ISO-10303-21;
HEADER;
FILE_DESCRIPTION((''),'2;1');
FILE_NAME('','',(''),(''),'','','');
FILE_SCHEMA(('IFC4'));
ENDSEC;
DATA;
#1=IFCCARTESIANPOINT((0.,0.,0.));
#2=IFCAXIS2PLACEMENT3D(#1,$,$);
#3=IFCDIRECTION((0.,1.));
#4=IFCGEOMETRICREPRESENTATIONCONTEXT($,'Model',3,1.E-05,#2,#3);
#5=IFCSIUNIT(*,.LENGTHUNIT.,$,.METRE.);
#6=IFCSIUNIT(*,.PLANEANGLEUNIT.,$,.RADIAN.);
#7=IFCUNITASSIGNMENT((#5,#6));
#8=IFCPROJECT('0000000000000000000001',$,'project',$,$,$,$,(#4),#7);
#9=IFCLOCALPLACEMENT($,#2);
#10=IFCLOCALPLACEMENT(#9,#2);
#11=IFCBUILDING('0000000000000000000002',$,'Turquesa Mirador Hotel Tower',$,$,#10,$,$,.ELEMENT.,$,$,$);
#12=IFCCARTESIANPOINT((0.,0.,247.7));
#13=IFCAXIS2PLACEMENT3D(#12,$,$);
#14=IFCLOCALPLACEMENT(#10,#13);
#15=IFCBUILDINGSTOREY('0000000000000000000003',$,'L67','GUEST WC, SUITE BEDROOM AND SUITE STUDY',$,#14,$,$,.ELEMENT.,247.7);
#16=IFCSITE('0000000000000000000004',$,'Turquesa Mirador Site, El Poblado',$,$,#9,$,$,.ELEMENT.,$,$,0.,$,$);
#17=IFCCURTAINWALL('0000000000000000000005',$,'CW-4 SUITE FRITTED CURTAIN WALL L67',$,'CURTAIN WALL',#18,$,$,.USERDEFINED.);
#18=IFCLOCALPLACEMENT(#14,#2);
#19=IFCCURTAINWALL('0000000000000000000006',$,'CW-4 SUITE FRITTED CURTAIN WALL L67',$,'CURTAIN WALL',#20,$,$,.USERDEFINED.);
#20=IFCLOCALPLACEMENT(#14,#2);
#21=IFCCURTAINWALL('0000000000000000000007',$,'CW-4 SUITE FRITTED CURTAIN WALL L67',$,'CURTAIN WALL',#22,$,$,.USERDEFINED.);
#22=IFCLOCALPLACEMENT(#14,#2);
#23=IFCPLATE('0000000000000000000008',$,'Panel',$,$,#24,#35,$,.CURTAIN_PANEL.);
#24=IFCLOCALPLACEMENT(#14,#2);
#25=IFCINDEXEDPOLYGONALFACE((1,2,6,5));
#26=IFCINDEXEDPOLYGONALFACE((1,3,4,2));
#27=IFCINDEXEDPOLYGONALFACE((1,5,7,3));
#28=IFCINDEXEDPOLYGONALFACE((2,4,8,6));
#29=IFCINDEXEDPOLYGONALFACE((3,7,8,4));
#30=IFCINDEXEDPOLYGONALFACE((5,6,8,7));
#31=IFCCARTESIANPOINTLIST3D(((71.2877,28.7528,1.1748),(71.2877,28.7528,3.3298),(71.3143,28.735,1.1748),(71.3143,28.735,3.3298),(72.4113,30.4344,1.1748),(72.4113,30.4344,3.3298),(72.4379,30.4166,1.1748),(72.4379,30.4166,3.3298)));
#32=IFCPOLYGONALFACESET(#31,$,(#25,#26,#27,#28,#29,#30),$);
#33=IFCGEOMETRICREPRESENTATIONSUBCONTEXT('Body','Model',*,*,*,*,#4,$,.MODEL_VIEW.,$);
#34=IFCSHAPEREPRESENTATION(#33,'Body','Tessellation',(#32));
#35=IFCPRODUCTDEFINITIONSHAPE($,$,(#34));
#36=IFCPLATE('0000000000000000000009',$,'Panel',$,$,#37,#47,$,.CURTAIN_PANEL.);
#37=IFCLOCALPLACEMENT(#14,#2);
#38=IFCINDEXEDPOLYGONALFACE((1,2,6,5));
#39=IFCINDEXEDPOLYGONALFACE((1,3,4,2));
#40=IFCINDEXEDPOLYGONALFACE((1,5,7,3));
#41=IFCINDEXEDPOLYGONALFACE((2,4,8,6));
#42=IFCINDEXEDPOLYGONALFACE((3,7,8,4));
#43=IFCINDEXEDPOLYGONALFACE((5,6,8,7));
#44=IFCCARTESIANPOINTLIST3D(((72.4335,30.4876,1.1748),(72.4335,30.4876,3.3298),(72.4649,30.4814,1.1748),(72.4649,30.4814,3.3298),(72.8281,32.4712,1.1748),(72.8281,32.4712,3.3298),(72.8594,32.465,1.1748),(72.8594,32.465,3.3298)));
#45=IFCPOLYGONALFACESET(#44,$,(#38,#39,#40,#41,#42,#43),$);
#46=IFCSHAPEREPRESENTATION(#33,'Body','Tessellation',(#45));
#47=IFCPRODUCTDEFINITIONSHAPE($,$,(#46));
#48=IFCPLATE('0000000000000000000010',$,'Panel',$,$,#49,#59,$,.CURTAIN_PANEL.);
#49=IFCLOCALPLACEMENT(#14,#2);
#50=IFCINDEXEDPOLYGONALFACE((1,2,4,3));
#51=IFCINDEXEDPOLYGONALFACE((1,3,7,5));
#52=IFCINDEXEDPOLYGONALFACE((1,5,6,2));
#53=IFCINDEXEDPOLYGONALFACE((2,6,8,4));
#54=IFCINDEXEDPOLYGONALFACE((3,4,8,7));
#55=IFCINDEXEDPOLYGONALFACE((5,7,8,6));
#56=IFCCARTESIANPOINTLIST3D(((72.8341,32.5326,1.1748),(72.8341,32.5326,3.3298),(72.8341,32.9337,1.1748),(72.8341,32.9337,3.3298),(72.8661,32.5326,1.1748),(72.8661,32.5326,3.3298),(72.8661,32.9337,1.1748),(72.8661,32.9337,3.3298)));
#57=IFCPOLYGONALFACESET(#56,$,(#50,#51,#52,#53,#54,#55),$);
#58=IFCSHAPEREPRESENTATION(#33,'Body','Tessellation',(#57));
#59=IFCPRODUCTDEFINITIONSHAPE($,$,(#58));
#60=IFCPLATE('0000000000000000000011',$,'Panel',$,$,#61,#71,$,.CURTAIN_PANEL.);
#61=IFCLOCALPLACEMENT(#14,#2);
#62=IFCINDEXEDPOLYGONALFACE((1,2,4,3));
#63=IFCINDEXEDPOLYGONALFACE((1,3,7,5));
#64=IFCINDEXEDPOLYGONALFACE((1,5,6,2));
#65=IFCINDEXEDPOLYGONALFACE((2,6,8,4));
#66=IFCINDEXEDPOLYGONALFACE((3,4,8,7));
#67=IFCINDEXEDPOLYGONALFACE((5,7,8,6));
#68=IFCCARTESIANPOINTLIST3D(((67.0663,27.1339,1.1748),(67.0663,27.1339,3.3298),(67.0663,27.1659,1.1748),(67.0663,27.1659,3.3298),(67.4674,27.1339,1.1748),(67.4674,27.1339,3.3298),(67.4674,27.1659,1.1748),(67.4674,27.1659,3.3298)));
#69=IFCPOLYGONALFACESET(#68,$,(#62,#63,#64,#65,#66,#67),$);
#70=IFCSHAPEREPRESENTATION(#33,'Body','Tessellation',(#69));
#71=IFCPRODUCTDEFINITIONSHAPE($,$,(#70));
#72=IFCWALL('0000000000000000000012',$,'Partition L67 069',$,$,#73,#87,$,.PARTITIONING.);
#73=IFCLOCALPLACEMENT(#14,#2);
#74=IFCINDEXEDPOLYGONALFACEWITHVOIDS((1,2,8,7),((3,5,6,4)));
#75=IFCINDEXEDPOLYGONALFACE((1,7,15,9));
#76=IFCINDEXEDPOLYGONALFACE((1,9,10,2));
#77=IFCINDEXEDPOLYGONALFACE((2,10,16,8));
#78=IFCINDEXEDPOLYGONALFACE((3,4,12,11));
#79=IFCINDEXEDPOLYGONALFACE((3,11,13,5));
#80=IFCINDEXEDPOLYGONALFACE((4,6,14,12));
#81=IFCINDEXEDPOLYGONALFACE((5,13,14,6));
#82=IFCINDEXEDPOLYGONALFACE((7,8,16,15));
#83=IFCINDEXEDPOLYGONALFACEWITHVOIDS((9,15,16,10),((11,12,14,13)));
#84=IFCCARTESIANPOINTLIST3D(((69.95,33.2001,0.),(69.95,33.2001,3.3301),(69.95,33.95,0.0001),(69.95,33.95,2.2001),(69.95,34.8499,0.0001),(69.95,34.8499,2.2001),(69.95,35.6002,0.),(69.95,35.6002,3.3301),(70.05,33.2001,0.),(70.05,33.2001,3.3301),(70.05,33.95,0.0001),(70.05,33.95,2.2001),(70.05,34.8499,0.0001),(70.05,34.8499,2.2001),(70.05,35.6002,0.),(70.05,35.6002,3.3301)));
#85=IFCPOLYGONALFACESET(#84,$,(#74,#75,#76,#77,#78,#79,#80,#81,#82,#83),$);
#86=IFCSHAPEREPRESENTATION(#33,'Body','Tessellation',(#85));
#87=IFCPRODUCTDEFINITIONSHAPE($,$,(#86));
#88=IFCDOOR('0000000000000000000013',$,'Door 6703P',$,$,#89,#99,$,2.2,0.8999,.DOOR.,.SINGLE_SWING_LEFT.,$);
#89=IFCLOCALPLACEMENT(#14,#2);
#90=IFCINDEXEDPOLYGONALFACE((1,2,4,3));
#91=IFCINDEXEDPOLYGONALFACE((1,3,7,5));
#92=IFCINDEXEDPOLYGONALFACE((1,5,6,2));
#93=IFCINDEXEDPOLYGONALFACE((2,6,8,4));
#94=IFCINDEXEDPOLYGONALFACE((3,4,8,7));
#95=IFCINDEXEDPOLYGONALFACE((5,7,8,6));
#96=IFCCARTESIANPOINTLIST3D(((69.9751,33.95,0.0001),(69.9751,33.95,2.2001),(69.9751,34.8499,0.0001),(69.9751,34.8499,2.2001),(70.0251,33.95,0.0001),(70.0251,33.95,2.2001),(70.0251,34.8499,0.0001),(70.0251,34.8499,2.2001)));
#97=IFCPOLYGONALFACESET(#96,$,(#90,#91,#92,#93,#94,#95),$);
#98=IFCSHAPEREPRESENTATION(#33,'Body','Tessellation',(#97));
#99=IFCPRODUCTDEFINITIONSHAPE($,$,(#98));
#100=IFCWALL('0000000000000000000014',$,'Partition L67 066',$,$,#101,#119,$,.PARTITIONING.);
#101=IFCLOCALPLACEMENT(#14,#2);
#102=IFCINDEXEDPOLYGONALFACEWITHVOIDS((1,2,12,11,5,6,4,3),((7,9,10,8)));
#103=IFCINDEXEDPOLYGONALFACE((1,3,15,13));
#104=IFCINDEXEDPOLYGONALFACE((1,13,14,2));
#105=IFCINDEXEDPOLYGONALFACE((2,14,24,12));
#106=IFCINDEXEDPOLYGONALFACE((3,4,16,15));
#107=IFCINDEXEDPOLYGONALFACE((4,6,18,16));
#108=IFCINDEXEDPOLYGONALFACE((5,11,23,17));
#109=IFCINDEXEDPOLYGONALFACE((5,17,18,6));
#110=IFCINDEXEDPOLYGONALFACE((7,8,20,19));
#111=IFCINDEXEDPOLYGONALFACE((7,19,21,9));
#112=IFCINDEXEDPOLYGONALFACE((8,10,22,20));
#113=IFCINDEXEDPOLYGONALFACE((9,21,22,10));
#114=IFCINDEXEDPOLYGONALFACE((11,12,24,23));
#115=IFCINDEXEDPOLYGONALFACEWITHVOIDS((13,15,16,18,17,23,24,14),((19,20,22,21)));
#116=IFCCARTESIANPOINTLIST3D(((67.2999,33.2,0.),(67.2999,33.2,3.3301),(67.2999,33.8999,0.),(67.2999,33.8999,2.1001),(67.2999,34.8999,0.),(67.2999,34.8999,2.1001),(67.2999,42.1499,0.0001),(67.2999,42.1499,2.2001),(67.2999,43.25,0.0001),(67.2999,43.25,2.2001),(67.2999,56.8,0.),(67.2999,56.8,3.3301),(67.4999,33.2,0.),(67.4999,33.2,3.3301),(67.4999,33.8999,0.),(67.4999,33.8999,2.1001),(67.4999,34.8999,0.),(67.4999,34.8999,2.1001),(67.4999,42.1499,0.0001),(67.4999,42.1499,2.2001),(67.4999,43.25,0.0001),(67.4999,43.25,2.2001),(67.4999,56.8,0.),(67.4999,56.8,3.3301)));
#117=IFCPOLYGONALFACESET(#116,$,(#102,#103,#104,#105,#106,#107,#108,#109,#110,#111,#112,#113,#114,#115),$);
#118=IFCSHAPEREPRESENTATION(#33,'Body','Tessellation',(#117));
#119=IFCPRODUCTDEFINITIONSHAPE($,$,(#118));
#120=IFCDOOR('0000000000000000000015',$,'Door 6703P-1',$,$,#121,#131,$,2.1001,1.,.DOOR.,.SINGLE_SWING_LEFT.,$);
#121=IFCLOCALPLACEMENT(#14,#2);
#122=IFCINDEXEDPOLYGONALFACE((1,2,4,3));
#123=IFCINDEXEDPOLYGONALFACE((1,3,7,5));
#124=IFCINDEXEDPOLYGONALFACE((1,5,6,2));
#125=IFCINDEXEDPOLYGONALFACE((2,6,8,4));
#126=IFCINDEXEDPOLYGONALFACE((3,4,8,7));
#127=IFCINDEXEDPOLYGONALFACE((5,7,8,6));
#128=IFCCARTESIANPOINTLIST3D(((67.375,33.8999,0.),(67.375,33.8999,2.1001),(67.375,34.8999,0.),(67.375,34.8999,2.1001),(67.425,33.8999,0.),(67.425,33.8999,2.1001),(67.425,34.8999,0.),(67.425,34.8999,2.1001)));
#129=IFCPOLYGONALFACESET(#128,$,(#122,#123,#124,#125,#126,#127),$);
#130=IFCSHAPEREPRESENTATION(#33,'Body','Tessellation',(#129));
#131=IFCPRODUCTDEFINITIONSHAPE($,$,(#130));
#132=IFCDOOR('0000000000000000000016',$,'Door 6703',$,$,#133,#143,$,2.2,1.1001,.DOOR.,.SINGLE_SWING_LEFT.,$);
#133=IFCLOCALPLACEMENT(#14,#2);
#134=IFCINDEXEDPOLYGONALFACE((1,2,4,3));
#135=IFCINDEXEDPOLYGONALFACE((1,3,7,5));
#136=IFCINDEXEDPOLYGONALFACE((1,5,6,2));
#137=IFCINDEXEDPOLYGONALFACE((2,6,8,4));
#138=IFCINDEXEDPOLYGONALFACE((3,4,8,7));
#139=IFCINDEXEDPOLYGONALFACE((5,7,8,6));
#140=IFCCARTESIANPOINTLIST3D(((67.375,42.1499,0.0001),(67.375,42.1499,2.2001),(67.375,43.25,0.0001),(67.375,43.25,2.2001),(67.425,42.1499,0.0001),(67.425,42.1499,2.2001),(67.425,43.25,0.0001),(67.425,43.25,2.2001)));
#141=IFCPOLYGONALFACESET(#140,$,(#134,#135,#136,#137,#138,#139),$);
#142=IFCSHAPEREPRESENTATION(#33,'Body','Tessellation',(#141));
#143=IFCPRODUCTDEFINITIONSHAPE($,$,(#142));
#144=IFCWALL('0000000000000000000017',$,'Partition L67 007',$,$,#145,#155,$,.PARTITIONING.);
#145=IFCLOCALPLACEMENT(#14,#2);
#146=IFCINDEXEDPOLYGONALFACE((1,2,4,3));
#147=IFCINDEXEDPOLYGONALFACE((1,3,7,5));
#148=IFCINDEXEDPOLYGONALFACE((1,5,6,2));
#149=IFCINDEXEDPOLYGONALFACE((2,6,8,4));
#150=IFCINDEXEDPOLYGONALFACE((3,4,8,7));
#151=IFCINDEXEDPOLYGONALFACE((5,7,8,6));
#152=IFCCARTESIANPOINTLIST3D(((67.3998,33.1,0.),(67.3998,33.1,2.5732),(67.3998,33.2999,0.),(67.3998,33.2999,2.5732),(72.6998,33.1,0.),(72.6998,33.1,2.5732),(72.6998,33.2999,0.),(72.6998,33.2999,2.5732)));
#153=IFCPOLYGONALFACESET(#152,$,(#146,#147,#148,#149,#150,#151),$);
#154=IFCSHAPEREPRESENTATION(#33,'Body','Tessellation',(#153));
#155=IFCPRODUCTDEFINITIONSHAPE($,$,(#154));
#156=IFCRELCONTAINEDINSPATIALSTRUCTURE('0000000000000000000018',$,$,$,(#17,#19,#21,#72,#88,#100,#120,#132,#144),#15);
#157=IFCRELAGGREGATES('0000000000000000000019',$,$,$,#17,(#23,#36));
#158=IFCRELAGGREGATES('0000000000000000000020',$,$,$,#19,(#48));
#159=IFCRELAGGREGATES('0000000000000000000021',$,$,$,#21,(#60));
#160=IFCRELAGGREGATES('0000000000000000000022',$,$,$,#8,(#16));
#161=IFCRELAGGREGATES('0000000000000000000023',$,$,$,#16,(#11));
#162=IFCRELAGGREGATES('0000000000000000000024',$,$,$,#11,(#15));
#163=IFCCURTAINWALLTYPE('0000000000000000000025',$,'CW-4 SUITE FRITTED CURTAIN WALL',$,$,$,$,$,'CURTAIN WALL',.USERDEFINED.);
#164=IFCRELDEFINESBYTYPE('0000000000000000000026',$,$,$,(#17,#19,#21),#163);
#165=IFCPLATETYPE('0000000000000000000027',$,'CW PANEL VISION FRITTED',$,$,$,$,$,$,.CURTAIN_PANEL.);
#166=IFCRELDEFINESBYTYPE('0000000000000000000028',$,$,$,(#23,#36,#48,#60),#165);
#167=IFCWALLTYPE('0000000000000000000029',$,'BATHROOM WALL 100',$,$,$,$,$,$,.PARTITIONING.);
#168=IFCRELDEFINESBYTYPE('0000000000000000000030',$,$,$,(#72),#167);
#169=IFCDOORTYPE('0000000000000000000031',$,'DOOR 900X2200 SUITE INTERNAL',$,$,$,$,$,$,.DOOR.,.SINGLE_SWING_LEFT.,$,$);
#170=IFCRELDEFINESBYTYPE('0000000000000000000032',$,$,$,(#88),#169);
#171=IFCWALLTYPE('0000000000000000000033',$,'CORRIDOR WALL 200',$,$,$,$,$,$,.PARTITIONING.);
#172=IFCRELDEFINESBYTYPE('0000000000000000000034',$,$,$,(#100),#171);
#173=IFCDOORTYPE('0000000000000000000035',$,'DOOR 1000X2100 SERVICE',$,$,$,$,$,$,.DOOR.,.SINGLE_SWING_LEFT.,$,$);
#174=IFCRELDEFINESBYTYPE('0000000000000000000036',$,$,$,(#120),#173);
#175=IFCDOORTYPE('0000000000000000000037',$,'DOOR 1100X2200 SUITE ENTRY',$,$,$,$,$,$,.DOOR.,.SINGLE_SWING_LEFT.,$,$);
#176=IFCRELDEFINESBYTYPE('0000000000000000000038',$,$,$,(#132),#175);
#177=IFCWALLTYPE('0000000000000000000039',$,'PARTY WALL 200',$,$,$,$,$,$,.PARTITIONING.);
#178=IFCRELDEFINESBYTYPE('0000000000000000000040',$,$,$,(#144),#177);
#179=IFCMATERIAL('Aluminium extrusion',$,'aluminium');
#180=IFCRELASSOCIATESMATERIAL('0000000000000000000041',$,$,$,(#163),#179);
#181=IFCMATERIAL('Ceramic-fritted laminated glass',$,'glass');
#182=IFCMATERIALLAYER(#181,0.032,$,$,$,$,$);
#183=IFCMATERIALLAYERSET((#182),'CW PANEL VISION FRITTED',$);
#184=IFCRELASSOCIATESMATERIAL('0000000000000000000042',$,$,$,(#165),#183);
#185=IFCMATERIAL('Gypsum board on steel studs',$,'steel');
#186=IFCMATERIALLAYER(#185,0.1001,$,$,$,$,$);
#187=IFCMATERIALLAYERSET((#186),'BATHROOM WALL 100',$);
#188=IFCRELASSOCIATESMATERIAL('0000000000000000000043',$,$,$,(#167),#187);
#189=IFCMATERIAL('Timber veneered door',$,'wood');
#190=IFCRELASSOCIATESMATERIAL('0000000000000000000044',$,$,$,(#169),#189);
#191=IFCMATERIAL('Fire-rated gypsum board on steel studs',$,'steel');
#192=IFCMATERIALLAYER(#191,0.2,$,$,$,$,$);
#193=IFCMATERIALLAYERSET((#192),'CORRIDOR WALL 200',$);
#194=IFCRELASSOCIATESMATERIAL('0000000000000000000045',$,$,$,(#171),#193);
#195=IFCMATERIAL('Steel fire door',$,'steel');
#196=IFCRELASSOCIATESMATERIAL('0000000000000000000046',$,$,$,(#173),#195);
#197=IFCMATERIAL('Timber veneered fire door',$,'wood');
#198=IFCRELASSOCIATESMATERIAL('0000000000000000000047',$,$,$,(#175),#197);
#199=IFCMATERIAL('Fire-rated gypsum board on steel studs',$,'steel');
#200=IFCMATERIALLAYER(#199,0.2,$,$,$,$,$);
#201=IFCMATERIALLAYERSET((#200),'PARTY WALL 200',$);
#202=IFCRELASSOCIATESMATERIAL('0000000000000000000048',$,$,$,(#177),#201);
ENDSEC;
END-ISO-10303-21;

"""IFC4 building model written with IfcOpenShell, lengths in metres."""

from ifc_helpers import new_model, si_unit, direction, frame, frame_2d, origin, origin_2d, place, context, subcontext, project, spatial, rectangle, extrude, material, layer, layer_set, type_object, element, fill, aggregate, save


model = new_model("IFC4")

# Units and contexts
model_context = context("Model", 3, precision=1e-05, world=origin(), true_north=direction((0.0, 1.0)))
body_context = subcontext(model_context, "Body", "Model", "MODEL_VIEW")
ifc_project = project(units=[si_unit("LENGTHUNIT", "METRE"), si_unit("PLANEANGLEUNIT", "RADIAN")], contexts=[model_context])

# Site, building, storey
site_placement = place(None, origin())
site = spatial("IfcSite", under=ifc_project, at=site_placement, Name="Turquesa Mirador Site, El Poblado", CompositionType="ELEMENT", RefElevation=0.0)
building_placement = place(site_placement, origin())
building = spatial("IfcBuilding", under=site, at=building_placement, Name="Turquesa Mirador Hotel Tower", CompositionType="ELEMENT")
storey_placement = place(building_placement, frame((0.0, 0.0, 247.7)))
storey = spatial("IfcBuildingStorey", under=building, at=storey_placement, Name="L67", Description="GUEST WC, SUITE BEDROOM AND SUITE STUDY", CompositionType="ELEMENT", Elevation=247.7)

# Curtain walls
ifc_material_1 = material(Name="Aluminium extrusion", Category="aluminium")
curtain_wall_type = type_object("IfcCurtainWallType", Name="CW-4 SUITE FRITTED CURTAIN WALL", ElementType="CURTAIN WALL", PredefinedType="USERDEFINED", material=ifc_material_1)
curtain_wall_1_placement = place(storey_placement, origin())
curtain_wall_1 = element("IfcCurtainWall", 1, at=curtain_wall_1_placement, inside=storey, type_object=curtain_wall_type, Name="CW-4 SUITE FRITTED CURTAIN WALL L67", ObjectType="CURTAIN WALL", PredefinedType="USERDEFINED")
curtain_wall_2_placement = place(storey_placement, origin())
curtain_wall_2 = element("IfcCurtainWall", 2, at=curtain_wall_2_placement, inside=storey, type_object=curtain_wall_type, Name="CW-4 SUITE FRITTED CURTAIN WALL L67", ObjectType="CURTAIN WALL", PredefinedType="USERDEFINED")

# Curtain wall
curtain_wall_3_placement = place(storey_placement, origin())
curtain_wall_3 = element("IfcCurtainWall", 3, at=curtain_wall_3_placement, inside=storey, type_object=curtain_wall_type, Name="CW-4 SUITE FRITTED CURTAIN WALL L67", ObjectType="CURTAIN WALL", PredefinedType="USERDEFINED")

# Plates
ifc_material_2 = material(Name="Ceramic-fritted laminated glass", Category="glass")
ifc_layer_1 = layer(ifc_material_2, 0.032)
ifc_layer_set_1 = layer_set([ifc_layer_1], Name="CW PANEL VISION FRITTED")
plate_type_1 = type_object("IfcPlateType", Name="CW PANEL VISION FRITTED", PredefinedType="CURTAIN_PANEL", material=ifc_layer_set_1)
plate_1_placement = place(storey_placement, frame((71.8628, 29.5847, 1.1748), z_axis=(0.0, 0.0, 1.0), x_axis=(0.55557, 0.83147, 0.0)))
plate_1 = element("IfcPlate", 4, at=plate_1_placement, type_object=plate_type_1, Name="Panel", PredefinedType="CURTAIN_PANEL", context=body_context, shape_type="SweptSolid", body=[
    extrude(rectangle(XDim=2.0225, YDim=0.032, at=origin_2d()), origin(), (0.0, 0.0, 1.0), 2.155),
])
plate_2_placement = place(storey_placement, frame((72.6465, 31.4763, 1.1748), z_axis=(0.0, 0.0, 1.0), x_axis=(0.195091, 0.980785, 0.0)))
plate_2 = element("IfcPlate", 5, at=plate_2_placement, type_object=plate_type_1, Name="Panel", PredefinedType="CURTAIN_PANEL", context=body_context, shape_type="SweptSolid", body=[
    extrude(rectangle(XDim=2.0225, YDim=0.032, at=origin_2d()), origin(), (0.0, 0.0, 1.0), 2.155),
])
aggregate(curtain_wall_1, [plate_1, plate_2])
plate_3_placement = place(storey_placement, frame((72.8501, 32.7332, 1.1748), z_axis=(0.0, 0.0, 1.0), x_axis=(0.0, 1.0, 0.0)))
plate_3 = element("IfcPlate", 6, at=plate_3_placement, type_object=plate_type_1, Name="Panel", PredefinedType="CURTAIN_PANEL", context=body_context, shape_type="SweptSolid", body=[
    extrude(rectangle(XDim=0.4011, YDim=0.032, at=origin_2d()), origin(), (0.0, 0.0, 1.0), 2.155),
])
aggregate(curtain_wall_2, [plate_3])
plate_4_placement = place(storey_placement, frame((67.2668, 27.1499, 1.1748), z_axis=(0.0, 0.0, 1.0), x_axis=(1.0, 0.0, 0.0)))
plate_4 = element("IfcPlate", 7, at=plate_4_placement, type_object=plate_type_1, Name="Panel", PredefinedType="CURTAIN_PANEL", context=body_context, shape_type="SweptSolid", body=[
    extrude(rectangle(XDim=0.4011, YDim=0.032, at=origin_2d()), origin(), (0.0, 0.0, 1.0), 2.155),
])
aggregate(curtain_wall_3, [plate_4])

# Wall, opening, door
ifc_material_3 = material(Name="Gypsum board on steel studs", Category="steel")
ifc_layer_2 = layer(ifc_material_3, 0.1001)
ifc_layer_set_2 = layer_set([ifc_layer_2], Name="BATHROOM WALL 100")
wall_type_1 = type_object("IfcWallType", Name="BATHROOM WALL 100", PredefinedType="PARTITIONING", material=ifc_layer_set_2)
wall_1_placement = place(storey_placement, frame((70.0, 33.2, 0.0), z_axis=(0.0, 0.0, 1.0), x_axis=(0.0, 1.0, 0.0)))
wall_1 = element("IfcWall", 8, at=wall_1_placement, inside=storey, type_object=wall_type_1, Name="Partition L67 069", PredefinedType="PARTITIONING", context=body_context, shape_type="SweptSolid", body=[
    extrude(rectangle(XDim=2.4001, YDim=0.1001, at=frame_2d((1.2002, 0.0))), origin(), (0.0, 0.0, 1.0), 3.3301),
])
opening_1_placement = place(wall_1_placement, frame((0.75, 0.0, 0.0)))
opening_1 = element("IfcOpeningElement", 9, at=opening_1_placement, cuts=wall_1, PredefinedType="OPENING", context=body_context, shape_type="SweptSolid", body=[
    extrude(rectangle(XDim=0.8999, YDim=2.2, at=frame_2d((0.45, 1.1001))), frame((0.0, 0.0601, 0.0), z_axis=(0.0, -1.0, 0.0), x_axis=(1.0, 0.0, 0.0)), (0.0, 0.0, 1.0), 0.1201),
])
ifc_material_4 = material(Name="Timber veneered door", Category="wood")
door_type_1 = type_object("IfcDoorType", Name="DOOR 900X2200 SUITE INTERNAL", OperationType="SINGLE_SWING_LEFT", PredefinedType="DOOR", material=ifc_material_4)
door_1_placement = place(opening_1_placement, origin())
door_1 = element("IfcDoor", 10, at=door_1_placement, inside=storey, type_object=door_type_1, Name="Door 6703P", OperationType="SINGLE_SWING_LEFT", OverallHeight=2.2, OverallWidth=0.8999, PredefinedType="DOOR", context=body_context, shape_type="SweptSolid", body=[
    extrude(rectangle(XDim=0.8999, YDim=2.2, at=frame_2d((0.45, 1.1001))), frame((0.0, 0.0249, 0.0), z_axis=(0.0, -1.0, 0.0), x_axis=(1.0, 0.0, 0.0)), (0.0, 0.0, 1.0), 0.05),
])
fill(opening_1, door_1)

# Wall, openings, doors
ifc_material_5 = material(Name="Fire-rated gypsum board on steel studs", Category="steel")
ifc_layer_3 = layer(ifc_material_5, 0.2)
ifc_layer_set_3 = layer_set([ifc_layer_3], Name="CORRIDOR WALL 200")
wall_type_2 = type_object("IfcWallType", Name="CORRIDOR WALL 200", PredefinedType="PARTITIONING", material=ifc_layer_set_3)
wall_2_placement = place(storey_placement, frame((67.3999, 33.2, 0.0), z_axis=(0.0, 0.0, 1.0), x_axis=(0.0, 1.0, 0.0)))
wall_2 = element("IfcWall", 11, at=wall_2_placement, inside=storey, type_object=wall_type_2, Name="Partition L67 066", PredefinedType="PARTITIONING", context=body_context, shape_type="SweptSolid", body=[
    extrude(rectangle(XDim=23.6001, YDim=0.2, at=frame_2d((11.8, 0.0))), origin(), (0.0, 0.0, 1.0), 3.3301),
])
opening_2_placement = place(wall_2_placement, frame((8.95, 0.0, 0.0)))
opening_2 = element("IfcOpeningElement", 12, at=opening_2_placement, cuts=wall_2, PredefinedType="OPENING", context=body_context, shape_type="SweptSolid", body=[
    extrude(rectangle(XDim=1.1001, YDim=2.2, at=frame_2d((0.55, 1.1001))), frame((0.0, 0.1099, 0.0), z_axis=(0.0, -1.0, 0.0), x_axis=(1.0, 0.0, 0.0)), (0.0, 0.0, 1.0), 0.22),
])
opening_3_placement = place(wall_2_placement, frame((0.7, 0.0, 0.0)))
opening_3 = element("IfcOpeningElement", 13, at=opening_3_placement, cuts=wall_2, PredefinedType="OPENING", context=body_context, shape_type="SweptSolid", body=[
    extrude(rectangle(XDim=1.0, YDim=2.1001, at=frame_2d((0.5, 1.05))), frame((0.0, 0.1099, 0.0), z_axis=(0.0, -1.0, 0.0), x_axis=(1.0, 0.0, 0.0)), (0.0, 0.0, 1.0), 0.22),
])
ifc_material_6 = material(Name="Steel fire door", Category="steel")
door_type_2 = type_object("IfcDoorType", Name="DOOR 1000X2100 SERVICE", OperationType="SINGLE_SWING_LEFT", PredefinedType="DOOR", material=ifc_material_6)
door_2_placement = place(opening_3_placement, origin())
door_2 = element("IfcDoor", 14, at=door_2_placement, inside=storey, type_object=door_type_2, Name="Door 6703P-1", OperationType="SINGLE_SWING_LEFT", OverallHeight=2.1001, OverallWidth=1.0, PredefinedType="DOOR", context=body_context, shape_type="SweptSolid", body=[
    extrude(rectangle(XDim=1.0, YDim=2.1001, at=frame_2d((0.5, 1.05))), frame((0.0, 0.0249, 0.0), z_axis=(0.0, -1.0, 0.0), x_axis=(1.0, 0.0, 0.0)), (0.0, 0.0, 1.0), 0.05),
])
fill(opening_3, door_2)
ifc_material_7 = material(Name="Timber veneered fire door", Category="wood")
door_type_3 = type_object("IfcDoorType", Name="DOOR 1100X2200 SUITE ENTRY", OperationType="SINGLE_SWING_LEFT", PredefinedType="DOOR", material=ifc_material_7)
door_3_placement = place(opening_2_placement, origin())
door_3 = element("IfcDoor", 15, at=door_3_placement, inside=storey, type_object=door_type_3, Name="Door 6703", OperationType="SINGLE_SWING_LEFT", OverallHeight=2.2, OverallWidth=1.1001, PredefinedType="DOOR", context=body_context, shape_type="SweptSolid", body=[
    extrude(rectangle(XDim=1.1001, YDim=2.2, at=frame_2d((0.55, 1.1001))), frame((0.0, 0.0249, 0.0), z_axis=(0.0, -1.0, 0.0), x_axis=(1.0, 0.0, 0.0)), (0.0, 0.0, 1.0), 0.05),
])
fill(opening_2, door_3)

# Wall
ifc_material_8 = material(Name="Fire-rated gypsum board on steel studs", Category="steel")
ifc_layer_4 = layer(ifc_material_8, 0.2)
ifc_layer_set_4 = layer_set([ifc_layer_4], Name="PARTY WALL 200")
wall_type_3 = type_object("IfcWallType", Name="PARTY WALL 200", PredefinedType="PARTITIONING", material=ifc_layer_set_4)
wall_3_placement = place(storey_placement, frame((67.3999, 33.2, 0.0), z_axis=(0.0, 0.0, 1.0), x_axis=(1.0, 0.0, 0.0)))
element("IfcWall", 16, at=wall_3_placement, inside=storey, type_object=wall_type_3, Name="Partition L67 007", PredefinedType="PARTITIONING", context=body_context, shape_type="SweptSolid", body=[
    extrude(rectangle(XDim=5.3, YDim=0.2, at=frame_2d((2.6499, 0.0))), origin(), (0.0, 0.0, 1.0), 2.5732),
])

save(model, "model.ifc")
